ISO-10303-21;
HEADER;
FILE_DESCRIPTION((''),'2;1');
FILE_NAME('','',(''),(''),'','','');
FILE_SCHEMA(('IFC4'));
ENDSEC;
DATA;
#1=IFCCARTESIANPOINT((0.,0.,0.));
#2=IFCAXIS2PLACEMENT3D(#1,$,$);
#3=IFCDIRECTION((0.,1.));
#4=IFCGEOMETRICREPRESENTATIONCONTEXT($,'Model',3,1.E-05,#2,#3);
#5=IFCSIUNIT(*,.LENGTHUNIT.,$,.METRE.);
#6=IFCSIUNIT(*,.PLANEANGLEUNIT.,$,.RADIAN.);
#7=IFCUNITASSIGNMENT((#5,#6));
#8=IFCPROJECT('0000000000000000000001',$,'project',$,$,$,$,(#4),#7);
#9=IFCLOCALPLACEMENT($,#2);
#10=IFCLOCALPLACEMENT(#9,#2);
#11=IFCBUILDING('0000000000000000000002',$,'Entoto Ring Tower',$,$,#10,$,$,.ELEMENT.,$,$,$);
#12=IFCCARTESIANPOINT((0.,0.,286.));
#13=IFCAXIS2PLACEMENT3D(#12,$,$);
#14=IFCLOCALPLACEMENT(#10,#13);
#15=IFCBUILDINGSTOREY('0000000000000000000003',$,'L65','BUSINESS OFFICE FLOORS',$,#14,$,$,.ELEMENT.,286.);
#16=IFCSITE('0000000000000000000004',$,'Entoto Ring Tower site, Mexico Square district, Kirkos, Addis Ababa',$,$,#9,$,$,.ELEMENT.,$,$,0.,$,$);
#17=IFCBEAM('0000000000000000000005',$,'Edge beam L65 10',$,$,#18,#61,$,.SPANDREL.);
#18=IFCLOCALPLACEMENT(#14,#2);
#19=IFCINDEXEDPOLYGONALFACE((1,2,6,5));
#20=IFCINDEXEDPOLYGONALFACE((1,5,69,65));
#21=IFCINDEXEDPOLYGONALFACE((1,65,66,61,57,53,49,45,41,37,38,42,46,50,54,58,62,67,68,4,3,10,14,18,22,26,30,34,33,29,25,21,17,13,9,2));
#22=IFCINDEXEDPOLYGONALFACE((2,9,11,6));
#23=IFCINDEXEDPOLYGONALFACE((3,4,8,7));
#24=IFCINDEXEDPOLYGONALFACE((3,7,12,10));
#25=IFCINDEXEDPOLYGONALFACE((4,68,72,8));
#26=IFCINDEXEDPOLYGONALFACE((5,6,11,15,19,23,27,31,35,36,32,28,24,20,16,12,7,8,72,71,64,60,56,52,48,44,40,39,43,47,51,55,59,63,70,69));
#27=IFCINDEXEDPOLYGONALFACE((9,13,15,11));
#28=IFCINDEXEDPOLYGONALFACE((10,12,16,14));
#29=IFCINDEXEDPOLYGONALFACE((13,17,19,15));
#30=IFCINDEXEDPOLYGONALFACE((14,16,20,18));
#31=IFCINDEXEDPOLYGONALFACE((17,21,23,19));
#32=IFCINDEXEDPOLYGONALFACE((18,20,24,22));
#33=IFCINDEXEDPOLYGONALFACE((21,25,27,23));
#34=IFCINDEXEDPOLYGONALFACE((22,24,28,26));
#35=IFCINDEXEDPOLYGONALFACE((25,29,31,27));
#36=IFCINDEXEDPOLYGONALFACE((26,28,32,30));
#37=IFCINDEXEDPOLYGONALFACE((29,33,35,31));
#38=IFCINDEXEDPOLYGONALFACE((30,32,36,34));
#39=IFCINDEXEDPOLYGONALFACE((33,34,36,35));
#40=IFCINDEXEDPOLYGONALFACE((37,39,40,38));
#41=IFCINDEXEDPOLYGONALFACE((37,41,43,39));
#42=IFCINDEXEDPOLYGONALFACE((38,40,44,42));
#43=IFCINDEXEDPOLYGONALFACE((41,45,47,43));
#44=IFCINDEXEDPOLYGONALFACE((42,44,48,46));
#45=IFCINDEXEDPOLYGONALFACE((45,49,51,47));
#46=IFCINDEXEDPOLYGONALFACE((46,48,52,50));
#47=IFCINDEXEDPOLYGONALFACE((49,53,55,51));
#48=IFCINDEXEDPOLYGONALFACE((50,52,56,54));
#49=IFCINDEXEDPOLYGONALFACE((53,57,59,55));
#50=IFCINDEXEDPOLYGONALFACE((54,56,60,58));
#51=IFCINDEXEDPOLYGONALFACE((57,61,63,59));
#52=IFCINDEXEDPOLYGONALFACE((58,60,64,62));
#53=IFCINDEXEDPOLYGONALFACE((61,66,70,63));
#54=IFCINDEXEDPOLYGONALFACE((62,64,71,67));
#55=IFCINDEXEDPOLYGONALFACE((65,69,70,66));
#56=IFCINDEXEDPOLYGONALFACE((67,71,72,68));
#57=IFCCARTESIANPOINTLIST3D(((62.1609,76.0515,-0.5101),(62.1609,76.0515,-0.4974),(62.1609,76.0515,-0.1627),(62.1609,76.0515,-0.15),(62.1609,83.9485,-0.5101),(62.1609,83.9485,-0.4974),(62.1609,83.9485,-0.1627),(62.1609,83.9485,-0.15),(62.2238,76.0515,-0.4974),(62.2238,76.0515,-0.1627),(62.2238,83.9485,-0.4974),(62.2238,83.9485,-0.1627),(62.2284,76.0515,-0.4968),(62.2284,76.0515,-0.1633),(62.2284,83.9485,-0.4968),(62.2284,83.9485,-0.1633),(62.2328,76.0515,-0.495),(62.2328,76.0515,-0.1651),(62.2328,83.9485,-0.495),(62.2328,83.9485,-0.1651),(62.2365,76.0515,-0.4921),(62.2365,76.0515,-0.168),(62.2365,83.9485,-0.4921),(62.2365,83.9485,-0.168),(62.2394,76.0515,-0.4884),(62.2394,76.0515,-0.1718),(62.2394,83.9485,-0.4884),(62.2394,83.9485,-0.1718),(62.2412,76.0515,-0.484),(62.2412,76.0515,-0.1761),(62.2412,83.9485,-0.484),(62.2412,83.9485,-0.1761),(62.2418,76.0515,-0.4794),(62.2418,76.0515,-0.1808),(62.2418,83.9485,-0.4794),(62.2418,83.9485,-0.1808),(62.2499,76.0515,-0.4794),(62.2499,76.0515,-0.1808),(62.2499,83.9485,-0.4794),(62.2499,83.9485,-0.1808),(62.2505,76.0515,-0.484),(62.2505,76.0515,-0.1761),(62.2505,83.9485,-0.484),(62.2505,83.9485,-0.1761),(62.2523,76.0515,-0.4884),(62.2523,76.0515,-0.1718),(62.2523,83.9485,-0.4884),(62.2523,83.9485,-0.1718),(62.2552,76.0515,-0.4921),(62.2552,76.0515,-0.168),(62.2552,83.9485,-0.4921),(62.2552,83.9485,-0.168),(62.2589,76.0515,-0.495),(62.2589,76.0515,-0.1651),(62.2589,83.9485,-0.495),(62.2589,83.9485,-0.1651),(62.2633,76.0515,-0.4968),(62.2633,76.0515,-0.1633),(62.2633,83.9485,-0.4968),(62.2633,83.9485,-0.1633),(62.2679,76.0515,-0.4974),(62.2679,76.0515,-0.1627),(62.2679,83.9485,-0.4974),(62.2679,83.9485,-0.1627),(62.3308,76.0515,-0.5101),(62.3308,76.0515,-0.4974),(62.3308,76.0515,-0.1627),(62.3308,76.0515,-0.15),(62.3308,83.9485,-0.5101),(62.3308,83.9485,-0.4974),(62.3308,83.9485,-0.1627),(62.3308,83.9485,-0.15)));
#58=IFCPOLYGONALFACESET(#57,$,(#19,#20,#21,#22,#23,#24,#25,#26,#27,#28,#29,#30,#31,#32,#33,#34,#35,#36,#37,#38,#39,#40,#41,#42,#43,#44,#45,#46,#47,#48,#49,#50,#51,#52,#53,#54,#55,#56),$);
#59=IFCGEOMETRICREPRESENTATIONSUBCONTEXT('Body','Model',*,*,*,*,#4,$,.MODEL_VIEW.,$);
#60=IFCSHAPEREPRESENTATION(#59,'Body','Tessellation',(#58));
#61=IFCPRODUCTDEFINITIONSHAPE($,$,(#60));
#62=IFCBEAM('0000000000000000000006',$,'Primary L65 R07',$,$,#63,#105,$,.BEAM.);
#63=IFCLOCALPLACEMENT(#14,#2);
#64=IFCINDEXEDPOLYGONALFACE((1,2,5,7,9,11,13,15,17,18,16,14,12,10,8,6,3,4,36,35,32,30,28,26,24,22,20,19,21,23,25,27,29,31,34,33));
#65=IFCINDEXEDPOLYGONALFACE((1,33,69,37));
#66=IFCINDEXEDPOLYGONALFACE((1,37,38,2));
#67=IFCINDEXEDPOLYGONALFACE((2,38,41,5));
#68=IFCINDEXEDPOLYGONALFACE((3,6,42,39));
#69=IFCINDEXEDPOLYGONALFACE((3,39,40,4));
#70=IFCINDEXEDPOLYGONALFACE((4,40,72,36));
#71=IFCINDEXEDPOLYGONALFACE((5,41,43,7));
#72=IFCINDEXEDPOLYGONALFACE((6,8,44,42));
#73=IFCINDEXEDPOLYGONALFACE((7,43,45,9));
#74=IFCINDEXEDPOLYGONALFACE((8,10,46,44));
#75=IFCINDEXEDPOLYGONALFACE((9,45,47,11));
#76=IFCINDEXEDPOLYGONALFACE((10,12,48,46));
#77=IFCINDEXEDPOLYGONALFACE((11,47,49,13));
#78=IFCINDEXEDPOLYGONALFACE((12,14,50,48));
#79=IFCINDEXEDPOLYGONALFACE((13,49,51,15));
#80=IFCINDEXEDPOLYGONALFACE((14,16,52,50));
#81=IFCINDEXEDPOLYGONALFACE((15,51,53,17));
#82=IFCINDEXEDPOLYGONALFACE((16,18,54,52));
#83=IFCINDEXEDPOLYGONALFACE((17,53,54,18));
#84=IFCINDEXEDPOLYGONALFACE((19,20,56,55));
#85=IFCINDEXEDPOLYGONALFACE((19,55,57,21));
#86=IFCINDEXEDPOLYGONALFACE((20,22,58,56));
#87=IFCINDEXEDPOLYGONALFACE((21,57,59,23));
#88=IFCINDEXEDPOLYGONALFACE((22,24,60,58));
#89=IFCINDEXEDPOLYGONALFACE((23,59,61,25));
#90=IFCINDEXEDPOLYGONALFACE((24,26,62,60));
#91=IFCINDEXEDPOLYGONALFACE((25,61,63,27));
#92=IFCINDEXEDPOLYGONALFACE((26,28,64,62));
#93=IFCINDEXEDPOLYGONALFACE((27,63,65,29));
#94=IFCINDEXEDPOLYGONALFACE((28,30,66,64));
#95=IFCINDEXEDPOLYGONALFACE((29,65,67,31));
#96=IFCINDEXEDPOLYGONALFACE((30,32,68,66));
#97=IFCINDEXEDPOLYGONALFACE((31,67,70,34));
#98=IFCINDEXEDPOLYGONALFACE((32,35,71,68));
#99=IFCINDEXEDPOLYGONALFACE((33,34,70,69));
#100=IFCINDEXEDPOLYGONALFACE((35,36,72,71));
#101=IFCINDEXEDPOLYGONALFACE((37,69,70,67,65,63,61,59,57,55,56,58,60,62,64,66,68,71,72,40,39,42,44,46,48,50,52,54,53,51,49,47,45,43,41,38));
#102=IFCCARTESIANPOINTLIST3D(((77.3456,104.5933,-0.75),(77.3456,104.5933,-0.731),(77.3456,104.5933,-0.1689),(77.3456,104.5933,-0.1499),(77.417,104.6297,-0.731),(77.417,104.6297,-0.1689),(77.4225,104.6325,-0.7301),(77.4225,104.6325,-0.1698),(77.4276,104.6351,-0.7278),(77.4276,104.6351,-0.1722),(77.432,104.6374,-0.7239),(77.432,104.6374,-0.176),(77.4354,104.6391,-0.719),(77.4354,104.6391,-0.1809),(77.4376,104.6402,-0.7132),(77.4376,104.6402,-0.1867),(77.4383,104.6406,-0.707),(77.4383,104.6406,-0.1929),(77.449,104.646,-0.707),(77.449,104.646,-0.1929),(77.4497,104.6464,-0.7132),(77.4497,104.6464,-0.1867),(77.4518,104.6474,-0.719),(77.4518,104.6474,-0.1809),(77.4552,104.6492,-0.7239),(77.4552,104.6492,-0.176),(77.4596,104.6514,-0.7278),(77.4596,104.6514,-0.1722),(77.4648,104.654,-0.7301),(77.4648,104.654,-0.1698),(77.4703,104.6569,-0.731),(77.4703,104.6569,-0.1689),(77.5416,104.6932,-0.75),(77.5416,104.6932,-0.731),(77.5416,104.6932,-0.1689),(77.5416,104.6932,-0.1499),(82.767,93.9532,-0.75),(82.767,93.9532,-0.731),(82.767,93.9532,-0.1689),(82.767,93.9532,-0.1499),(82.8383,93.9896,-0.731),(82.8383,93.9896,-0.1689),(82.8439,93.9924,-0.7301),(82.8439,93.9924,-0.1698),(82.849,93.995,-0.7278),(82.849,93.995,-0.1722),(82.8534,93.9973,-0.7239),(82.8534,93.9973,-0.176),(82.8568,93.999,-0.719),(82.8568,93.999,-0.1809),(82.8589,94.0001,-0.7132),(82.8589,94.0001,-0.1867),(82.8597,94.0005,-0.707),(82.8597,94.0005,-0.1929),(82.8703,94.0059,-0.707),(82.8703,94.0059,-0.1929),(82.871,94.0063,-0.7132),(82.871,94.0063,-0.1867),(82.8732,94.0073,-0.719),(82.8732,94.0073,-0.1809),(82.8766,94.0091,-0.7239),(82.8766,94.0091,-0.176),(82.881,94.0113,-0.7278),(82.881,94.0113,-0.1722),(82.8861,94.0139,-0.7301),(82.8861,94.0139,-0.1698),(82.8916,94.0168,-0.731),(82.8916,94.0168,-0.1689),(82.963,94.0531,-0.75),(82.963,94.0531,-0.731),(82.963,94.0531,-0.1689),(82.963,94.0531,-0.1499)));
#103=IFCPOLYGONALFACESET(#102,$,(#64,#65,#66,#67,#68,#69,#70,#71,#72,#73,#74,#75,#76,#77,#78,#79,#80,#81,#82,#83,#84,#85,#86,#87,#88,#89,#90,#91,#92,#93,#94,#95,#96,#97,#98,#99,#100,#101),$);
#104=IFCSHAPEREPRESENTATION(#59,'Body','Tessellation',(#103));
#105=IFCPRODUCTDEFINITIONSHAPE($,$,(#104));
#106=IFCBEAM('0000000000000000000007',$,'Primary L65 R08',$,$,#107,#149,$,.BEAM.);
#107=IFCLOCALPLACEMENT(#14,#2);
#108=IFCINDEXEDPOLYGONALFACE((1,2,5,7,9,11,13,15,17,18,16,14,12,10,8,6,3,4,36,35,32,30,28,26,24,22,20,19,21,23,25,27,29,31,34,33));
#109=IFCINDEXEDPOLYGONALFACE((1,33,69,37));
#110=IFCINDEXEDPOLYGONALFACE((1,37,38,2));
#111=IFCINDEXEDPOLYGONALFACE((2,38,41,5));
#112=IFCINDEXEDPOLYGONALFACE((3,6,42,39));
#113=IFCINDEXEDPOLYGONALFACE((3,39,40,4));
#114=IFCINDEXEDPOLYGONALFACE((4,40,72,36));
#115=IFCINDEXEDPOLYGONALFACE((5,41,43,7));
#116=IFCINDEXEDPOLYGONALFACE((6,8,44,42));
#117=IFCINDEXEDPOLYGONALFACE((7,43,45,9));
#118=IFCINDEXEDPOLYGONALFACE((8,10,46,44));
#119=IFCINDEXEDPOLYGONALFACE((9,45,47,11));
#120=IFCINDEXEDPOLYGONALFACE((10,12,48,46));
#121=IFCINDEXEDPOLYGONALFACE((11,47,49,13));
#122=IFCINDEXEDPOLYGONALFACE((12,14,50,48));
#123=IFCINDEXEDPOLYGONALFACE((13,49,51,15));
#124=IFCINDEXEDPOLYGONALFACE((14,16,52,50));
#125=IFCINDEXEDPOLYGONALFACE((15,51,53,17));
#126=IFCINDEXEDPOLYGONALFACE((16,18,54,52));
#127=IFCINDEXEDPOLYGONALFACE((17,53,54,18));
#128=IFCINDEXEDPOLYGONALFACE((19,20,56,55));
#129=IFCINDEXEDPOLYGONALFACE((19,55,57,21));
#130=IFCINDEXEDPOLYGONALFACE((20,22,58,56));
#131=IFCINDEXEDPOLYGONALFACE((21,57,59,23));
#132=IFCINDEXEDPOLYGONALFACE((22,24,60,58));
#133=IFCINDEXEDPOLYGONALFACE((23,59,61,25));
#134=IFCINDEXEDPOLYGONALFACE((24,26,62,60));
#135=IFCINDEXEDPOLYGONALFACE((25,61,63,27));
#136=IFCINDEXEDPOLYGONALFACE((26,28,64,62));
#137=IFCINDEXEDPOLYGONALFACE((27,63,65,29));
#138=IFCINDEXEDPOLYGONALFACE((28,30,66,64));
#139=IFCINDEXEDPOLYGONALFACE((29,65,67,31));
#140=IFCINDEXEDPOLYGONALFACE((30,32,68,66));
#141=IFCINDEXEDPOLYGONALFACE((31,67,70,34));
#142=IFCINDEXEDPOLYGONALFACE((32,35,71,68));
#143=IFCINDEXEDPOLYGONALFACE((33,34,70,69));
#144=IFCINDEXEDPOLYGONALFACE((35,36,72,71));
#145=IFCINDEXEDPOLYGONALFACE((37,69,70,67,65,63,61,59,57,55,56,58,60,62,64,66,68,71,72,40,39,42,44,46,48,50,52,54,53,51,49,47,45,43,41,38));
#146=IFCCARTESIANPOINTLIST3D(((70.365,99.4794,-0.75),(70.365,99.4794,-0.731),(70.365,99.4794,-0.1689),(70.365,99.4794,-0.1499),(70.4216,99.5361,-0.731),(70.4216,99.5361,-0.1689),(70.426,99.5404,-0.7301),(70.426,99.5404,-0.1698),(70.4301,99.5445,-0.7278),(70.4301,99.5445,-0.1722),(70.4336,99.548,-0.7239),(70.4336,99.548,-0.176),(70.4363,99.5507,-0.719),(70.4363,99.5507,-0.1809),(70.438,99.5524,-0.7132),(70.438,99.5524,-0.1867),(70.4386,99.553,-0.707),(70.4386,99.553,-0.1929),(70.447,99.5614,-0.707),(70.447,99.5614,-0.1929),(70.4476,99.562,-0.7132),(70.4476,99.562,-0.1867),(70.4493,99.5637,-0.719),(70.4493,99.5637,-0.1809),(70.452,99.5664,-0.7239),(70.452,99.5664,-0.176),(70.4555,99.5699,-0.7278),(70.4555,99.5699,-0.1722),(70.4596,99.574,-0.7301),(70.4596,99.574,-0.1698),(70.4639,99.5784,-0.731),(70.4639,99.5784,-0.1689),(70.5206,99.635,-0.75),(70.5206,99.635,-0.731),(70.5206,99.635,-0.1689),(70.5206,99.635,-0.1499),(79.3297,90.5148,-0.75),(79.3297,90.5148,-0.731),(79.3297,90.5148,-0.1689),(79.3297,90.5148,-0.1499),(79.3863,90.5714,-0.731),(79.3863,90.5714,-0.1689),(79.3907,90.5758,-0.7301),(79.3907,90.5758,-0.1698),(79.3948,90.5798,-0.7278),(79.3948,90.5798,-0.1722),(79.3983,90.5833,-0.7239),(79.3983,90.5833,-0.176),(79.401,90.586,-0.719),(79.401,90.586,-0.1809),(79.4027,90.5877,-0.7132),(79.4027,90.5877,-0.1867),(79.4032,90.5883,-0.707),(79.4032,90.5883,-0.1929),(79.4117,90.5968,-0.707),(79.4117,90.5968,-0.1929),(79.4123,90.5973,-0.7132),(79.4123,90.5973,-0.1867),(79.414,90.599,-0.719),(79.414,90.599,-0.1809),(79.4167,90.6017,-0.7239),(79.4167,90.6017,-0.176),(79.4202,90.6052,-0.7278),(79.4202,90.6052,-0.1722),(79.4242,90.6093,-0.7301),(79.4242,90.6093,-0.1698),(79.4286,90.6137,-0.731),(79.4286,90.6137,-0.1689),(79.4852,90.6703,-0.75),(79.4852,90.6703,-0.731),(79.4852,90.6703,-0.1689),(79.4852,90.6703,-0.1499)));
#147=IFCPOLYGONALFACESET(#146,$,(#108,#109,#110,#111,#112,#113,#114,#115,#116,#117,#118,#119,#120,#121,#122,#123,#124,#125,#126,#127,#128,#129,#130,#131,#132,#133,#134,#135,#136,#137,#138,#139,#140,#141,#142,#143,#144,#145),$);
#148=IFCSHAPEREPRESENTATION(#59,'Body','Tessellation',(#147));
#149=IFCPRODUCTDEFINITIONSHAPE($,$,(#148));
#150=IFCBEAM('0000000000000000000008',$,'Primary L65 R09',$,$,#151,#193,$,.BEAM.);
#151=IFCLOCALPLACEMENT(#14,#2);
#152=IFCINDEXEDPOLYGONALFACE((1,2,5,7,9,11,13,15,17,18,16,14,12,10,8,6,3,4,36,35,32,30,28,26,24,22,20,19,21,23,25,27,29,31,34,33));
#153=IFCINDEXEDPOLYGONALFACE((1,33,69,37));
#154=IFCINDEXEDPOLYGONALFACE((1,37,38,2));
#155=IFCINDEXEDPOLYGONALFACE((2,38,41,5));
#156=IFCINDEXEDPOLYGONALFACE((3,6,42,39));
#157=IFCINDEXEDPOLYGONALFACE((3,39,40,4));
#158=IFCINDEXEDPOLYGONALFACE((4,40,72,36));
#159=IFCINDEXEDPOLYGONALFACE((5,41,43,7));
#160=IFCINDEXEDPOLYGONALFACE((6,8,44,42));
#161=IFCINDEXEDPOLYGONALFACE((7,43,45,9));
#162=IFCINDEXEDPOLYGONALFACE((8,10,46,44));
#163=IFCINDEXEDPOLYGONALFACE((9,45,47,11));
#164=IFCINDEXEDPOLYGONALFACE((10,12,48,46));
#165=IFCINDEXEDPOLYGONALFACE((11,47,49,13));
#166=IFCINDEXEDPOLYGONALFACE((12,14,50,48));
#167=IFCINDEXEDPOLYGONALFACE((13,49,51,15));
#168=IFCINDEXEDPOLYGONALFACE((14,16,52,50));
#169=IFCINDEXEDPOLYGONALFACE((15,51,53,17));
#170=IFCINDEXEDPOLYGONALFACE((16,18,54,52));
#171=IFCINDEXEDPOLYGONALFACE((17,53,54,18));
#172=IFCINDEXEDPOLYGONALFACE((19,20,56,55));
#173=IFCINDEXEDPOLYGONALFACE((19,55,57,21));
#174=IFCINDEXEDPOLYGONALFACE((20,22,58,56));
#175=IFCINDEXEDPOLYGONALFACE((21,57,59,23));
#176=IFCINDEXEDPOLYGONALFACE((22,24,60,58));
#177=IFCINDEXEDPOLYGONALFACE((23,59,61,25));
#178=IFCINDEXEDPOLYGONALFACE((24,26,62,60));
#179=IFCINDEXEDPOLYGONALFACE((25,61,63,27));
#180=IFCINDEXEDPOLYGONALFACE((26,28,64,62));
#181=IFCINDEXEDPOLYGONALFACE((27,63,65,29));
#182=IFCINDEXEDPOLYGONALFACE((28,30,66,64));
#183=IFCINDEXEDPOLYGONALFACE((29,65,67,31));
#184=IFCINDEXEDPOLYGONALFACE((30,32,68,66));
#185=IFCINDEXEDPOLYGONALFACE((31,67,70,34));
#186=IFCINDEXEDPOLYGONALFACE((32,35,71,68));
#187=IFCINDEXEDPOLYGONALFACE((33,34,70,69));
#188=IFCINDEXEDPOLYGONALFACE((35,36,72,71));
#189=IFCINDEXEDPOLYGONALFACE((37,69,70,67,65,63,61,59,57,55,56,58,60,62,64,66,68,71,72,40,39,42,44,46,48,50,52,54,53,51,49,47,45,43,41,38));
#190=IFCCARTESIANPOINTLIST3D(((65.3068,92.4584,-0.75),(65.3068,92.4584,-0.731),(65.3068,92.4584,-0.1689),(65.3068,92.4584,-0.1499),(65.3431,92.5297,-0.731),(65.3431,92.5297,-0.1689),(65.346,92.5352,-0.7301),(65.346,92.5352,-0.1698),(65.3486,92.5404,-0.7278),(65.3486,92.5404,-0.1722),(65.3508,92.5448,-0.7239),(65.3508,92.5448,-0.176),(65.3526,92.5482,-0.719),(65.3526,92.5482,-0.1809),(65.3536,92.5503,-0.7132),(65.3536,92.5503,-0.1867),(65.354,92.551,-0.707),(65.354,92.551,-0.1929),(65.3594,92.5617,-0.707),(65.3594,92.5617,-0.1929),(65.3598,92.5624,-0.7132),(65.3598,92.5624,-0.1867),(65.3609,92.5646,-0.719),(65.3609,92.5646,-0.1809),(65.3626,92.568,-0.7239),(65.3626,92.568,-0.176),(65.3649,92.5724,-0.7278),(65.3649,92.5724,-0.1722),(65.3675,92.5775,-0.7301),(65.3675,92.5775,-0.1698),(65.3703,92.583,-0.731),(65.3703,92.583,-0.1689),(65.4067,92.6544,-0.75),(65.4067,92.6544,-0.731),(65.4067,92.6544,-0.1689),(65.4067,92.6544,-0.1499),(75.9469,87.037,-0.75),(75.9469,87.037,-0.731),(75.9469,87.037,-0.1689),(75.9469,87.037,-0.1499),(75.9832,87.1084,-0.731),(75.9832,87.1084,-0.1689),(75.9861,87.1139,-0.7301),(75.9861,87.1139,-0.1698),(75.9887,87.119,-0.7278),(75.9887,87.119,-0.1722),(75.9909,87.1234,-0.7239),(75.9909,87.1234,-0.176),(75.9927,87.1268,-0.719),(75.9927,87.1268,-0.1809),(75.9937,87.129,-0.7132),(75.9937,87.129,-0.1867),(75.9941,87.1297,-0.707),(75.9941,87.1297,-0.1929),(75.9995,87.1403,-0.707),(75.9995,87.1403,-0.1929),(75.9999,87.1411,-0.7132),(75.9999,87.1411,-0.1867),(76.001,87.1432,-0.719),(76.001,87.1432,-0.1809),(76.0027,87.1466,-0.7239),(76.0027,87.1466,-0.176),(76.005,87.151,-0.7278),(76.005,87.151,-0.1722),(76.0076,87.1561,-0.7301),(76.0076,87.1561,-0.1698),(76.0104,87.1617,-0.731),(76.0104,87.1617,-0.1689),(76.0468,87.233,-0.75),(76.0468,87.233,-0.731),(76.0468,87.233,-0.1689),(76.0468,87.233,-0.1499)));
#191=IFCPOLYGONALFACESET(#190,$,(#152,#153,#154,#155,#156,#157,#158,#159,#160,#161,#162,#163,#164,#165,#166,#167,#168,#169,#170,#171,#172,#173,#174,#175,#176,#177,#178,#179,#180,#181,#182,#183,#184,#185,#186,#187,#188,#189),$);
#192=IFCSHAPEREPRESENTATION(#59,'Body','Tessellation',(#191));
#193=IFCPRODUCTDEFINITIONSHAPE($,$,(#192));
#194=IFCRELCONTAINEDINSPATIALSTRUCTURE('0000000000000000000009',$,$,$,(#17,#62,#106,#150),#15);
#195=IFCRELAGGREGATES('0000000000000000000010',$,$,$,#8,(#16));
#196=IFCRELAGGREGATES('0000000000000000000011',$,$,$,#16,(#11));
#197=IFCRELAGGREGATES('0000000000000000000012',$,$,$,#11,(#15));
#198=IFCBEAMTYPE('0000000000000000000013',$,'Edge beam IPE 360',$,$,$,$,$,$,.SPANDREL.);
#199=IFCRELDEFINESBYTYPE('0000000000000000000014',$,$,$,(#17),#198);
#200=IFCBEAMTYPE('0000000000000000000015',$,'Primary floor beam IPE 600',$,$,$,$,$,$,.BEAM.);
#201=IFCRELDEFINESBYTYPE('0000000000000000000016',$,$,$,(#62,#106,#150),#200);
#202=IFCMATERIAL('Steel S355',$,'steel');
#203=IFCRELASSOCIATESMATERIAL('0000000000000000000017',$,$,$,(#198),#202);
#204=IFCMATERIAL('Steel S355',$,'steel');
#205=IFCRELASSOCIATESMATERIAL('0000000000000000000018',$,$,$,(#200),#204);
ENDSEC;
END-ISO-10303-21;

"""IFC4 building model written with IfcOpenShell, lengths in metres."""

from ifc_helpers import new_model, si_unit, direction, frame, origin, origin_2d, place, context, subcontext, project, spatial, i_section, extrude, material, material_profile, profile_set, type_object, element, save


model = new_model("IFC4")

# Units and contexts
model_context = context("Model", 3, precision=1e-05, world=origin(), true_north=direction((0.0, 1.0)))
body_context = subcontext(model_context, "Body", "Model", "MODEL_VIEW")
ifc_project = project(units=[si_unit("LENGTHUNIT", "METRE"), si_unit("PLANEANGLEUNIT", "RADIAN")], contexts=[model_context])

# Site, building, storey
site_placement = place(None, origin())
site = spatial("IfcSite", under=ifc_project, at=site_placement, Name="Entoto Ring Tower site, Mexico Square district, Kirkos, Addis Ababa", CompositionType="ELEMENT", RefElevation=0.0)
building_placement = place(site_placement, origin())
building = spatial("IfcBuilding", under=site, at=building_placement, Name="Entoto Ring Tower", CompositionType="ELEMENT")
storey_placement = place(building_placement, frame((0.0, 0.0, 286.0)))
storey = spatial("IfcBuildingStorey", under=building, at=storey_placement, Name="L65", Description="BUSINESS OFFICE FLOORS", CompositionType="ELEMENT", Elevation=286.0)

# Beams
ifc_material_1 = material(Name="Steel S355", Category="steel")
ifc_material_profile_1 = material_profile(ifc_material_1, i_section(OverallWidth=0.1699, OverallDepth=0.3601, WebThickness=0.0081, FlangeThickness=0.0127, FilletRadius=0.0181, at=origin_2d()), Name="IPE 360")
ifc_profile_set_1 = profile_set([ifc_material_profile_1], Name="Steel S355")
beam_type_1 = type_object("IfcBeamType", Name="Edge beam IPE 360", PredefinedType="SPANDREL", material=ifc_profile_set_1)
for number, where, z_axis, x_axis, name in (
    (1, (62.2458, 83.9485, -0.3301), (0.0, -1.0, 0.0), (1.0, 0.0, 0.0), "Edge beam L65 10"),
):
    element("IfcBeam", number, at=place(storey_placement, frame(where, z_axis=z_axis, x_axis=x_axis)), inside=storey, type_object=beam_type_1, Name=name, PredefinedType="SPANDREL", context=body_context, shape_type="SweptSolid", body=[
        extrude(i_section(OverallWidth=0.1699, OverallDepth=0.3601, WebThickness=0.0081, FlangeThickness=0.0127, FilletRadius=0.0181, at=origin_2d()), origin(), (0.0, 0.0, 1.0), 7.897),
    ])
ifc_material_2 = material(Name="Steel S355", Category="steel")
ifc_material_profile_2 = material_profile(ifc_material_2, i_section(OverallWidth=0.22, OverallDepth=0.6001, WebThickness=0.012, FlangeThickness=0.019, FilletRadius=0.0239, at=origin_2d()), Name="IPE 600")
ifc_profile_set_2 = profile_set([ifc_material_profile_2], Name="Steel S355")
beam_type_2 = type_object("IfcBeamType", Name="Primary floor beam IPE 600", PredefinedType="BEAM", material=ifc_profile_set_2)
beam_1_placement = place(storey_placement, frame((82.865, 94.0032, -0.45), z_axis=(-0.453988, 0.891008, 0.0), x_axis=(-0.891008, -0.453988, 0.0)))
element("IfcBeam", 2, at=beam_1_placement, inside=storey, type_object=beam_type_2, Name="Primary L65 R07", PredefinedType="BEAM", context=body_context, shape_type="SweptSolid", body=[
    extrude(i_section(OverallWidth=0.22, OverallDepth=0.6001, WebThickness=0.012, FlangeThickness=0.019, FilletRadius=0.0239, at=origin_2d()), origin(), (0.0, 0.0, 1.0), 11.9417),
])
beam_2_placement = place(storey_placement, frame((79.4075, 90.5925, -0.45), z_axis=(-0.707107, 0.707107, 0.0), x_axis=(-0.707107, -0.707107, 0.0)))
element("IfcBeam", 3, at=beam_2_placement, inside=storey, type_object=beam_type_2, Name="Primary L65 R08", PredefinedType="BEAM", context=body_context, shape_type="SweptSolid", body=[
    extrude(i_section(OverallWidth=0.22, OverallDepth=0.6001, WebThickness=0.012, FlangeThickness=0.019, FilletRadius=0.0239, at=origin_2d()), origin(), (0.0, 0.0, 1.0), 12.678),
])
beam_3_placement = place(storey_placement, frame((75.9968, 87.135, -0.45), z_axis=(-0.891008, 0.453988, 0.0), x_axis=(-0.453988, -0.891008, 0.0)))
element("IfcBeam", 4, at=beam_3_placement, inside=storey, type_object=beam_type_2, Name="Primary L65 R09", PredefinedType="BEAM", context=body_context, shape_type="SweptSolid", body=[
    extrude(i_section(OverallWidth=0.22, OverallDepth=0.6001, WebThickness=0.012, FlangeThickness=0.019, FilletRadius=0.0239, at=origin_2d()), origin(), (0.0, 0.0, 1.0), 11.9417),
])

save(model, "model.ifc")
